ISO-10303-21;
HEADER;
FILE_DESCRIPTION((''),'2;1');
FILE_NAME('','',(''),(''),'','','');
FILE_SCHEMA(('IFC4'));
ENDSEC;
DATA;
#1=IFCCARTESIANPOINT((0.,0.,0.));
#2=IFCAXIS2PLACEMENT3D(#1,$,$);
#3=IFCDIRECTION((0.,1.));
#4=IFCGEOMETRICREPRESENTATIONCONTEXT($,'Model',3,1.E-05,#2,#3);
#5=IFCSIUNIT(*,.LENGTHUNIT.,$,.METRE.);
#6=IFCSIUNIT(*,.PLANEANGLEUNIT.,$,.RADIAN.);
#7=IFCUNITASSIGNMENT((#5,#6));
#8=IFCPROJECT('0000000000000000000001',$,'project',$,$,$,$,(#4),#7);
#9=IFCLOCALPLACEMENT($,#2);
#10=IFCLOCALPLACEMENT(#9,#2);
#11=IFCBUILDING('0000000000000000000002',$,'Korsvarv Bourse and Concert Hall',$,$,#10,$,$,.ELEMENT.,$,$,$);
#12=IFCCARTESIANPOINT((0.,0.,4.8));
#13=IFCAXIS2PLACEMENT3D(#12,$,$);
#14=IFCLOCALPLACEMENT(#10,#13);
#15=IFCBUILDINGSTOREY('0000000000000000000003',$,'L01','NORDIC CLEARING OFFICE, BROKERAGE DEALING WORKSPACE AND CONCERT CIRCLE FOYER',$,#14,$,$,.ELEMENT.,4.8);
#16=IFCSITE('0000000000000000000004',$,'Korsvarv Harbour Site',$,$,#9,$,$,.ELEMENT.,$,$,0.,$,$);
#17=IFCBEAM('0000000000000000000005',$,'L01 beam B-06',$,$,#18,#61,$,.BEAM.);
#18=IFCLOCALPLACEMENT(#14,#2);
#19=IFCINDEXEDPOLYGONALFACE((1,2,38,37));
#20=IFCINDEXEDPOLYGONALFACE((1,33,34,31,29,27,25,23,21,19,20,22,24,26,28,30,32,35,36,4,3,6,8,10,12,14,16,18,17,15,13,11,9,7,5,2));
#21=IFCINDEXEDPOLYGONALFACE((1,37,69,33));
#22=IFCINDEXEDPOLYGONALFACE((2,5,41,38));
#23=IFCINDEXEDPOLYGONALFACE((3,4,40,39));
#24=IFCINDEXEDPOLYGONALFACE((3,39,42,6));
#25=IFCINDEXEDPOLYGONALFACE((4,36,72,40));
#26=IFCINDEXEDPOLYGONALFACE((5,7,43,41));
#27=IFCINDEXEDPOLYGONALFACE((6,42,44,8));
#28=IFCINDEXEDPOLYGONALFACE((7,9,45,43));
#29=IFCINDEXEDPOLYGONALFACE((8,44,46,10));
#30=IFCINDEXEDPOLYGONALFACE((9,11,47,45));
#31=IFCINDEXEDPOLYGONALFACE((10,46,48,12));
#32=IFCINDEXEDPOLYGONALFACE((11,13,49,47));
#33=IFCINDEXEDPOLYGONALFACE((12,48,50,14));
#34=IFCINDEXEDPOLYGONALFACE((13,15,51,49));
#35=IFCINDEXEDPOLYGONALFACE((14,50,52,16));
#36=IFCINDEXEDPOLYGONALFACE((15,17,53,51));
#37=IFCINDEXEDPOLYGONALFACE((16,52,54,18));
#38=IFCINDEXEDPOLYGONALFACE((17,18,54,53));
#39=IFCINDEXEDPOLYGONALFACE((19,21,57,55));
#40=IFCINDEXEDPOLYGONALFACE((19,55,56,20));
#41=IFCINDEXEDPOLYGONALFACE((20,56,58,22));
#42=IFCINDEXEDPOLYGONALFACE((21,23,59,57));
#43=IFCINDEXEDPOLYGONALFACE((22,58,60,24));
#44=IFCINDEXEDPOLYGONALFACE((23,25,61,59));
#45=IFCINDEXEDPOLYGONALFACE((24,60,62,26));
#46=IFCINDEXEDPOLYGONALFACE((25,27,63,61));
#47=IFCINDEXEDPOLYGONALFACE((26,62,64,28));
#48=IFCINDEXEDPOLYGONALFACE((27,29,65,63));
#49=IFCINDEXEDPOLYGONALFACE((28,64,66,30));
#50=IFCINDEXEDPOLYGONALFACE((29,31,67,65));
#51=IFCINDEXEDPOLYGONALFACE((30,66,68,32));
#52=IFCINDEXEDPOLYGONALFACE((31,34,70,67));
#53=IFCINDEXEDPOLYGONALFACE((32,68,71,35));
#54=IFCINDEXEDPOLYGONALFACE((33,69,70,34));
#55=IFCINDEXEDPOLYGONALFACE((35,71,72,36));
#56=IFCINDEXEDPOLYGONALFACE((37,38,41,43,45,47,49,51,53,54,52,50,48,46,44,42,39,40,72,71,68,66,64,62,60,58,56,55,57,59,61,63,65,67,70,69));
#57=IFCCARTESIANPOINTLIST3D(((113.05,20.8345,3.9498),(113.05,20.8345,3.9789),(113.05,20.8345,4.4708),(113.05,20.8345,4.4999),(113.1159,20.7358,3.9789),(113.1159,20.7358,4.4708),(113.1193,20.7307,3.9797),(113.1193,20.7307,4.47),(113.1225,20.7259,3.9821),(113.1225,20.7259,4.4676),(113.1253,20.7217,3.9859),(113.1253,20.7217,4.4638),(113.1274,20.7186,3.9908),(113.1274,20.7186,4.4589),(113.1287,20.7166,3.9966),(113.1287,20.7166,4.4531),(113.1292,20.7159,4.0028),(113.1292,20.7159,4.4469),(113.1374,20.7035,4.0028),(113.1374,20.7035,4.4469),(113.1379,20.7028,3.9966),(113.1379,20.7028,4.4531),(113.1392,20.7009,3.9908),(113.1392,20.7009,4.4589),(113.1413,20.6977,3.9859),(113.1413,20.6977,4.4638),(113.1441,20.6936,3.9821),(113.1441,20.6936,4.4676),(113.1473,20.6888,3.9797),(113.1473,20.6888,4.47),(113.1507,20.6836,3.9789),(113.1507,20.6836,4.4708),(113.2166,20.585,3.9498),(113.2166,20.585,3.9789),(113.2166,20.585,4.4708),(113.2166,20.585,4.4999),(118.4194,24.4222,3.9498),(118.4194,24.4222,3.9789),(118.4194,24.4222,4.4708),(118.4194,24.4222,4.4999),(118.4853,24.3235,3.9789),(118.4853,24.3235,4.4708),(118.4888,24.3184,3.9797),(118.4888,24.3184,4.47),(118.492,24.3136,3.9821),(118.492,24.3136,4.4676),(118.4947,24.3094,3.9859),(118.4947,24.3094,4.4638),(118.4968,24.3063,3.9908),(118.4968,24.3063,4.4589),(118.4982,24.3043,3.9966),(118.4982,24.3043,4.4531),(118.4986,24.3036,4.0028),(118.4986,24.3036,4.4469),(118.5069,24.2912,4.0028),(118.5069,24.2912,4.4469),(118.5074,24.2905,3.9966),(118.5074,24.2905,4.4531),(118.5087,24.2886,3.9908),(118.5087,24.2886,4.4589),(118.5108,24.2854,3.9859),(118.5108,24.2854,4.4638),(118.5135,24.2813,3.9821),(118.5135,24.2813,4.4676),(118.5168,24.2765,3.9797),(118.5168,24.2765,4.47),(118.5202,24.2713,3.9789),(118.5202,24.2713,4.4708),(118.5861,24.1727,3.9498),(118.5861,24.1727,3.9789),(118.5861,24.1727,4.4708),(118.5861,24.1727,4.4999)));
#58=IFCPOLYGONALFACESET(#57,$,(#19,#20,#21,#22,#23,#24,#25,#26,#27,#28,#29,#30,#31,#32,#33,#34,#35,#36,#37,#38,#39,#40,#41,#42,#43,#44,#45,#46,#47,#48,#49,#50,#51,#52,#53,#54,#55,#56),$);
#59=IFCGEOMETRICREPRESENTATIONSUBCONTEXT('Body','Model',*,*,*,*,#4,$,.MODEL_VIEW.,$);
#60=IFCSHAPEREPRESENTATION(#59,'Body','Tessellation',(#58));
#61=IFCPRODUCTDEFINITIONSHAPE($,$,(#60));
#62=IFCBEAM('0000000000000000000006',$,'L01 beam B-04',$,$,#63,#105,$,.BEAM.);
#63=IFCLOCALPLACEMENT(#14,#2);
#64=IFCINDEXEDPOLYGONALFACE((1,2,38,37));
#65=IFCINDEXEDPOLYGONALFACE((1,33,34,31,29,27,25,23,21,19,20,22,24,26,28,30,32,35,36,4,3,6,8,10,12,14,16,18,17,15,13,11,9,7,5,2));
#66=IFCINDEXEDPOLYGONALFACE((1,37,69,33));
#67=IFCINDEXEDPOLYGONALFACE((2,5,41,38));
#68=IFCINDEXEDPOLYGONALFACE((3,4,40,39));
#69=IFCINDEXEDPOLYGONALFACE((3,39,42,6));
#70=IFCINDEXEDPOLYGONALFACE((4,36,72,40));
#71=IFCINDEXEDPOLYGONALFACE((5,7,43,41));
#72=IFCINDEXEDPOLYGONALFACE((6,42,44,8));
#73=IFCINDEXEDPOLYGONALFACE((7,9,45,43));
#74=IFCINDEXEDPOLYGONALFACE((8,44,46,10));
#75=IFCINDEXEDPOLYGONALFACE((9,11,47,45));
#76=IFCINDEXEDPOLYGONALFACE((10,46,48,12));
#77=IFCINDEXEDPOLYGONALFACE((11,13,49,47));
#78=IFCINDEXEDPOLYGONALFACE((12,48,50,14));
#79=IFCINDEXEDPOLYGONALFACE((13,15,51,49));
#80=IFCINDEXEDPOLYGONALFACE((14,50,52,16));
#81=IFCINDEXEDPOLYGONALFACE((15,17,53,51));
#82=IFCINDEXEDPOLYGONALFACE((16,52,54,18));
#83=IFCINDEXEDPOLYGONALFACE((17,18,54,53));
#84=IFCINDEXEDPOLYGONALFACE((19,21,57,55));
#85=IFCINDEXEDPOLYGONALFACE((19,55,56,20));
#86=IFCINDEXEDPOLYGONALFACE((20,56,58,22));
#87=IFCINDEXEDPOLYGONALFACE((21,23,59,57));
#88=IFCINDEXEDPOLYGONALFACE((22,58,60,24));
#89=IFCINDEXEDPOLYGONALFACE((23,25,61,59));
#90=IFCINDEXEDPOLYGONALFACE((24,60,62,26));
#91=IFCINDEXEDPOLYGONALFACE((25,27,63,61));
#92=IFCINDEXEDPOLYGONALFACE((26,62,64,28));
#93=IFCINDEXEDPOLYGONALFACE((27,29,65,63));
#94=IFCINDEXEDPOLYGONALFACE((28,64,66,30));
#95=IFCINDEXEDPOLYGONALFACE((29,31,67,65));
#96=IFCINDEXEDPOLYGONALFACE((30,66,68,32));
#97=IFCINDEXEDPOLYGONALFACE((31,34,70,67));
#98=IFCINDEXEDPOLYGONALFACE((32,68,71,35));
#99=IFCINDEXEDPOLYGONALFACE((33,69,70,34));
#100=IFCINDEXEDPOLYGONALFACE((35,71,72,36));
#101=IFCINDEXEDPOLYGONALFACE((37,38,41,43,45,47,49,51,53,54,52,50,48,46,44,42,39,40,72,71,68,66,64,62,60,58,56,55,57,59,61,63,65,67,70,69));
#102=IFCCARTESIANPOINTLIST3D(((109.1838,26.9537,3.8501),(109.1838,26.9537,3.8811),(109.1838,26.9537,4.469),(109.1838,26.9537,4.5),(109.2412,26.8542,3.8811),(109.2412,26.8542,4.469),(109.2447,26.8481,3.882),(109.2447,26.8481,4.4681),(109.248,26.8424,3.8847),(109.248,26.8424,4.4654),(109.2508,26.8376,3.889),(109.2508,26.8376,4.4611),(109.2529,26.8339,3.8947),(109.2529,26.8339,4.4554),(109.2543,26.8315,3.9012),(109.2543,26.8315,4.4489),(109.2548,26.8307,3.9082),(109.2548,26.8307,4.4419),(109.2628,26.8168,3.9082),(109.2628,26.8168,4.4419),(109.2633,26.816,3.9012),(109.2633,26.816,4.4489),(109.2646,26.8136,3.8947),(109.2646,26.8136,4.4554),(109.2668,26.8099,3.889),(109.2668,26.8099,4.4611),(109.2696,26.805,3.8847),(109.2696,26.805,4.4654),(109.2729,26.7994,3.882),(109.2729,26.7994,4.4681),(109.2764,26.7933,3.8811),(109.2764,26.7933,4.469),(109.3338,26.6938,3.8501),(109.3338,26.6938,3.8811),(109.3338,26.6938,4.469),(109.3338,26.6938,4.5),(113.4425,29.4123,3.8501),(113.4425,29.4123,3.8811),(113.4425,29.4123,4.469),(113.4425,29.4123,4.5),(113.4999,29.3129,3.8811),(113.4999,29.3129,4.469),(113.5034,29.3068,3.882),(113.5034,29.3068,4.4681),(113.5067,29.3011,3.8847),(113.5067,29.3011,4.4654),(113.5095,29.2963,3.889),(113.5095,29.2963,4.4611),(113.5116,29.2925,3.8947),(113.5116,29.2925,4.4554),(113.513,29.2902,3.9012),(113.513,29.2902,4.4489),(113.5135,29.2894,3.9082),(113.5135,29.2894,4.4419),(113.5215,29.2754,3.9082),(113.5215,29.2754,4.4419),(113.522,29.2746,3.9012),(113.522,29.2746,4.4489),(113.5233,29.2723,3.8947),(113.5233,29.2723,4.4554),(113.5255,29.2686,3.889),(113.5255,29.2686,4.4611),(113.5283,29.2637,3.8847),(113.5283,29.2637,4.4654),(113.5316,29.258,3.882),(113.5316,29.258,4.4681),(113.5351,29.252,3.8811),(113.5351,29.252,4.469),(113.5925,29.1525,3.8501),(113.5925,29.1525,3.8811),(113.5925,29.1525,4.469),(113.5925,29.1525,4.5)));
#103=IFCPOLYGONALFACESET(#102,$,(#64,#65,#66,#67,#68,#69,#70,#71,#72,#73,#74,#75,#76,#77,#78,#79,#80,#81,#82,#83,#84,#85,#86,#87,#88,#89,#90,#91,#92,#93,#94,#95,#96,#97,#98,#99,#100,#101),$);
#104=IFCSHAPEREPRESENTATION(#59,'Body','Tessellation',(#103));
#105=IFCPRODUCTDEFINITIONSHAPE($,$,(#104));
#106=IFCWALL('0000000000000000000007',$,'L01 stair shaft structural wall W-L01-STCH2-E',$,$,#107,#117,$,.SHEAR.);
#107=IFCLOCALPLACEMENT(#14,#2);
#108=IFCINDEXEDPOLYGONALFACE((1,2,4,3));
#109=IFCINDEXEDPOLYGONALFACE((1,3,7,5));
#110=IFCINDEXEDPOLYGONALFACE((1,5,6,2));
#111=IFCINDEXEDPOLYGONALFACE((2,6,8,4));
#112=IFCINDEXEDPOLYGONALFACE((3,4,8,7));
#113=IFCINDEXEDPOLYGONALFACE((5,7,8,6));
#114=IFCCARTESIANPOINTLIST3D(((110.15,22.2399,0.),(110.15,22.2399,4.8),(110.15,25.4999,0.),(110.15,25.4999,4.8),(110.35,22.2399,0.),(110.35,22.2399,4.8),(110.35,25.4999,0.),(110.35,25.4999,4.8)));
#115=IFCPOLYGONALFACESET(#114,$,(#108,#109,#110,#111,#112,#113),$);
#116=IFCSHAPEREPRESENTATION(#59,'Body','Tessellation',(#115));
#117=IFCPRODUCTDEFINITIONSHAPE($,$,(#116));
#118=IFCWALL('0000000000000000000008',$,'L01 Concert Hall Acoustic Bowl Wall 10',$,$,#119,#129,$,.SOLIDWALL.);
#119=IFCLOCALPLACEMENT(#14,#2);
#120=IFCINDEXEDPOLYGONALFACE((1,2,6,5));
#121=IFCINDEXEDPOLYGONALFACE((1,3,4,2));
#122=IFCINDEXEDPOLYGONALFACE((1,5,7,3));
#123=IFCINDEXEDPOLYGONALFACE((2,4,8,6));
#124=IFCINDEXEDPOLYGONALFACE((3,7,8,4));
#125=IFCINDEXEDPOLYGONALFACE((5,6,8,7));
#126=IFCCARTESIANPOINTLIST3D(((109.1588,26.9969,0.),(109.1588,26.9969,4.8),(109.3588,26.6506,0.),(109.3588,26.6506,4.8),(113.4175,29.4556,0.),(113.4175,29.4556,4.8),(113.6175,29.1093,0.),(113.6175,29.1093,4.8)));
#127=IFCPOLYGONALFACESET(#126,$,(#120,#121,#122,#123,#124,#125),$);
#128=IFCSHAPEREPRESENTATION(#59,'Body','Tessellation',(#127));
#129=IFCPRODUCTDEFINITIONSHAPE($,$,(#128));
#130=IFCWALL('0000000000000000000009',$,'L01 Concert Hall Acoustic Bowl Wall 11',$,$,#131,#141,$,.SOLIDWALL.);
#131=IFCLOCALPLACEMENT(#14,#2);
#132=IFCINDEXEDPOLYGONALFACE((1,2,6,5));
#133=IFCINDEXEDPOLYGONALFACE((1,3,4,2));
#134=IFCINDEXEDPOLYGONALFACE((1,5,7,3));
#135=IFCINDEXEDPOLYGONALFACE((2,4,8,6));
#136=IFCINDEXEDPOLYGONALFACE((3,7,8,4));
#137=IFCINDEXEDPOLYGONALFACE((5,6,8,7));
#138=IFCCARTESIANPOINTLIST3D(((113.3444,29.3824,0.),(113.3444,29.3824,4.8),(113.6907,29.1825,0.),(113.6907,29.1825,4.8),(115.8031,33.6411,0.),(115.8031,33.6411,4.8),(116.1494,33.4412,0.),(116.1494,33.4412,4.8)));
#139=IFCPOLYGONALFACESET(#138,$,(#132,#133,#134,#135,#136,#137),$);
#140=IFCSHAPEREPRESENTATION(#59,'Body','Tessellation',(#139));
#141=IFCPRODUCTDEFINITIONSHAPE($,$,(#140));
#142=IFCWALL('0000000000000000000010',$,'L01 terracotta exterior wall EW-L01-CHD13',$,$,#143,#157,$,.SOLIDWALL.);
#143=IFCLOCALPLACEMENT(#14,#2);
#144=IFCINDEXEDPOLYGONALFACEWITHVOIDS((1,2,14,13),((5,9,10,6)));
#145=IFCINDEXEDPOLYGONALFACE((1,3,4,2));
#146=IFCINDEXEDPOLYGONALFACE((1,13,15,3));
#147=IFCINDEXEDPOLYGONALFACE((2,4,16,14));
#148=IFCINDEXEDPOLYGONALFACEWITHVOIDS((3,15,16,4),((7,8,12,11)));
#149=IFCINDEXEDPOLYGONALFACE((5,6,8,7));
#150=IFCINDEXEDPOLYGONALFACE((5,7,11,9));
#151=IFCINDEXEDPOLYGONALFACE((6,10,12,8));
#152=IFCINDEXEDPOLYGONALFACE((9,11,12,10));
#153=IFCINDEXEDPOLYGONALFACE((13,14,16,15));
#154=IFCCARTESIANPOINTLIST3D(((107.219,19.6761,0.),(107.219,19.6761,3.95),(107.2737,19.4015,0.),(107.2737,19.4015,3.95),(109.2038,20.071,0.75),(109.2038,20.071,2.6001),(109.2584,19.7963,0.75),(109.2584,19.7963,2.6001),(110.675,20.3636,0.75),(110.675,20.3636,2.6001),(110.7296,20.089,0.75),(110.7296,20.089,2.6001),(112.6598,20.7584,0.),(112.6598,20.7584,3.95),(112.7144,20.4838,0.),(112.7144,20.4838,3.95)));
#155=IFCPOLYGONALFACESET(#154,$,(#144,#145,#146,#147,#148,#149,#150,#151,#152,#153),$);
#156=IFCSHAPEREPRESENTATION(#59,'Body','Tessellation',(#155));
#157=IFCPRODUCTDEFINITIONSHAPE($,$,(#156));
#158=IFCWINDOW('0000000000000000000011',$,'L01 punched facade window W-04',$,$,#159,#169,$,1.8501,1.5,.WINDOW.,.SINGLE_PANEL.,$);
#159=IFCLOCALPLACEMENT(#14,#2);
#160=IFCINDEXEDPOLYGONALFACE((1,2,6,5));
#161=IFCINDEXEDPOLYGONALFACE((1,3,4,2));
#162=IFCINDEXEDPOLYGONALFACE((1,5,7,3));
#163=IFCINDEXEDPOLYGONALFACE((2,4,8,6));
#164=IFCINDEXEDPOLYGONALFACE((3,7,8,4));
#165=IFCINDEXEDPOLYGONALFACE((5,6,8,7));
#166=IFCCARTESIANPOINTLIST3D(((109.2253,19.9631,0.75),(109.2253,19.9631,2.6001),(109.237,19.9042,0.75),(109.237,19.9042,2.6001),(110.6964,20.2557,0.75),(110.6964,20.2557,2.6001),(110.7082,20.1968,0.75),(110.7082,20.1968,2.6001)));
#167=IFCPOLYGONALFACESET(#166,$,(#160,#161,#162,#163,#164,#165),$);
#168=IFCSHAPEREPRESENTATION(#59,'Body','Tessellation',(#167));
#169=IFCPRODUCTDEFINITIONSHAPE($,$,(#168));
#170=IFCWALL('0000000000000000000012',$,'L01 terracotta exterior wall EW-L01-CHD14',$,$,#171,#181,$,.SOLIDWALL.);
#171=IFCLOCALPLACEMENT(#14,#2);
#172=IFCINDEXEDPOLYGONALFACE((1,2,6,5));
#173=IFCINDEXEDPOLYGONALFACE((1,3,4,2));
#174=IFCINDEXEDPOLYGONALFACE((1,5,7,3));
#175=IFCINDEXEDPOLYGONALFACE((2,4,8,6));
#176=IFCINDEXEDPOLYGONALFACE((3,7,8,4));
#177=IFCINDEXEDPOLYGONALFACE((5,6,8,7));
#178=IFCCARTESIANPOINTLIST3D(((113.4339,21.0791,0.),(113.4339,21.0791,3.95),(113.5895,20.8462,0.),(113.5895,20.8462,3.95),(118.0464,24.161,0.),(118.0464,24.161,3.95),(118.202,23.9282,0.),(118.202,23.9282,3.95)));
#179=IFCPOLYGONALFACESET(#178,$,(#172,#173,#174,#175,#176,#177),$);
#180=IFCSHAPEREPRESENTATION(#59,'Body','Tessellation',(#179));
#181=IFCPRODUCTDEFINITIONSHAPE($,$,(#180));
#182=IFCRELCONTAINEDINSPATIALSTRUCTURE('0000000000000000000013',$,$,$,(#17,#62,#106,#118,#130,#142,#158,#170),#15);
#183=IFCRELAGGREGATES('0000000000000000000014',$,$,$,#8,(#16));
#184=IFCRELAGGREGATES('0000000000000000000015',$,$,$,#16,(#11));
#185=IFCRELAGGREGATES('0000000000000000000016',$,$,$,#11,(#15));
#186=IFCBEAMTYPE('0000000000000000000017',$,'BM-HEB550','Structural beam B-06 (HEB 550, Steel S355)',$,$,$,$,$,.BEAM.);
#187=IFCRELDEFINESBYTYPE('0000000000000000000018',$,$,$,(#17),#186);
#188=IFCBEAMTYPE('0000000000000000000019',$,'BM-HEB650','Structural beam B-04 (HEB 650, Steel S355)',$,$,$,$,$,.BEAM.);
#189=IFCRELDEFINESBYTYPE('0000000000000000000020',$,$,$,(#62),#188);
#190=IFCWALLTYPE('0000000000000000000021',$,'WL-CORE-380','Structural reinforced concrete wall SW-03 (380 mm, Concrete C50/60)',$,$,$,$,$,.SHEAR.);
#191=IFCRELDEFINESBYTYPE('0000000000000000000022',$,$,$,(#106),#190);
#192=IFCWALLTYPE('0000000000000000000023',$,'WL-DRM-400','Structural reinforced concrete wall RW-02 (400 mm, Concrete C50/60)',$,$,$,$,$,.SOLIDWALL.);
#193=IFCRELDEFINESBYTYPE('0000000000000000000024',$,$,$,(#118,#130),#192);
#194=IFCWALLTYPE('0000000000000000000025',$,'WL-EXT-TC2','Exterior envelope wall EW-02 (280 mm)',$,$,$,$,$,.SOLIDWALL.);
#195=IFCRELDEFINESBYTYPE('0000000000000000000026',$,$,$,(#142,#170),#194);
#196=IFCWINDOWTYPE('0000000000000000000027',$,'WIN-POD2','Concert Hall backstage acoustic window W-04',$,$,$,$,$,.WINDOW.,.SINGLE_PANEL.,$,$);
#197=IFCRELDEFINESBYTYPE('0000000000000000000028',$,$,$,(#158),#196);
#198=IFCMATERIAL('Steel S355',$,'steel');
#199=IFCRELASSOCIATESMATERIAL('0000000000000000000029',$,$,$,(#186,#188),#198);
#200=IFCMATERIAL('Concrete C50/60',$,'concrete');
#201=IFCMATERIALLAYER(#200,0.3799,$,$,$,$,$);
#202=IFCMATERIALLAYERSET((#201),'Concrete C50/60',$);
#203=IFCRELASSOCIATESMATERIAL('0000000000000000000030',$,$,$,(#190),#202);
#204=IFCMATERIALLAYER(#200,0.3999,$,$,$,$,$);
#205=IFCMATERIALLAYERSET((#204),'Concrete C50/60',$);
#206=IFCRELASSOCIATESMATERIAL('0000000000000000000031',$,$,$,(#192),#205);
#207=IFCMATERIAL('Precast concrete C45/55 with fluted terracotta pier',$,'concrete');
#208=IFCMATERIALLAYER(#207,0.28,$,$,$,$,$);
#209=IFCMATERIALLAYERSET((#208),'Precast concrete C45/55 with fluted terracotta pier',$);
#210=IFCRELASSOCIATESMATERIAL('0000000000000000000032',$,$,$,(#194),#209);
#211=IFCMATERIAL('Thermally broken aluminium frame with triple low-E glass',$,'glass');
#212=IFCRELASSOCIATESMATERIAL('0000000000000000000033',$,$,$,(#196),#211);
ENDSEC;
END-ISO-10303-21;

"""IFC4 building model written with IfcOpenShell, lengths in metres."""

from ifc_helpers import new_model, si_unit, direction, frame, frame_2d, origin, origin_2d, place, context, subcontext, project, spatial, rectangle, i_section, extrude, source, transform, mapped, material, layer, layer_set, material_profile, profile_set, type_object, element, fill, save


model = new_model("IFC4")

# Units and contexts
model_context = context("Model", 3, precision=1e-05, world=origin(), true_north=direction((0.0, 1.0)))
body_context = subcontext(model_context, "Body", "Model", "MODEL_VIEW")
ifc_project = project(units=[si_unit("LENGTHUNIT", "METRE"), si_unit("PLANEANGLEUNIT", "RADIAN")], contexts=[model_context])

# Site, building, storey
site_placement = place(None, origin())
site = spatial("IfcSite", under=ifc_project, at=site_placement, Name="Korsvarv Harbour Site", CompositionType="ELEMENT", RefElevation=0.0)
building_placement = place(site_placement, origin())
building = spatial("IfcBuilding", under=site, at=building_placement, Name="Korsvarv Bourse and Concert Hall", CompositionType="ELEMENT")
storey_placement = place(building_placement, frame((0.0, 0.0, 4.8)))
storey = spatial("IfcBuildingStorey", under=building, at=storey_placement, Name="L01", Description="NORDIC CLEARING OFFICE, BROKERAGE DEALING WORKSPACE AND CONCERT CIRCLE FOYER", CompositionType="ELEMENT", Elevation=4.8)

# Shared definitions
ifc_material_1 = material(Name="Concrete C50/60", Category="concrete")

# Beams
ifc_material_2 = material(Name="Steel S355", Category="steel")
ifc_material_profile_1 = material_profile(ifc_material_2, i_section(OverallWidth=0.3, OverallDepth=0.55, WebThickness=0.0149, FlangeThickness=0.0291, FilletRadius=0.0239, at=origin_2d()), Name="HEB 550")
ifc_profile_set_1 = profile_set([ifc_material_profile_1], Name="Steel S355")
beam_type_1 = type_object("IfcBeamType", Name="BM-HEB550", Description="Structural beam B-06 (HEB 550, Steel S355)", PredefinedType="BEAM", material=ifc_profile_set_1)
shared_shape_1 = source(origin(), body_context, "Body", "SweptSolid", [
    extrude(i_section(OverallWidth=0.3, OverallDepth=0.55, WebThickness=0.0149, FlangeThickness=0.0291, FilletRadius=0.0239, at=origin_2d()), origin(), (0.0, 0.0, 1.0), 6.4578),
])
beam_1_placement = place(storey_placement, frame((113.1333, 20.7097, 4.2249), z_axis=(0.831474, 0.555564, 0.0), x_axis=(-0.555564, 0.831474, 0.0)))
element("IfcBeam", 1, at=beam_1_placement, inside=storey, type_object=beam_type_1, Name="L01 beam B-06", PredefinedType="BEAM", context=body_context, shape_type="MappedRepresentation", body=[
    mapped(shared_shape_1, transform((0.0, 0.0, 0.0), scale=1.0)),
])
ifc_material_profile_2 = material_profile(ifc_material_2, i_section(OverallWidth=0.3, OverallDepth=0.6499, WebThickness=0.0161, FlangeThickness=0.031, FilletRadius=0.0271, at=origin_2d()), Name="HEB 650")
ifc_profile_set_2 = profile_set([ifc_material_profile_2], Name="Steel S355")
beam_type_2 = type_object("IfcBeamType", Name="BM-HEB650", Description="Structural beam B-04 (HEB 650, Steel S355)", PredefinedType="BEAM", material=ifc_profile_set_2)
shared_shape_2 = source(origin(), body_context, "Body", "SweptSolid", [
    extrude(i_section(OverallWidth=0.3, OverallDepth=0.6499, WebThickness=0.0161, FlangeThickness=0.031, FilletRadius=0.0271, at=origin_2d()), origin(), (0.0, 0.0, 1.0), 4.9175),
])
beam_2_placement = place(storey_placement, frame((109.2588, 26.8237, 4.175), z_axis=(0.866032, 0.499989, 0.0), x_axis=(-0.499989, 0.866032, 0.0)))
element("IfcBeam", 2, at=beam_2_placement, inside=storey, type_object=beam_type_2, Name="L01 beam B-04", PredefinedType="BEAM", context=body_context, shape_type="MappedRepresentation", body=[
    mapped(shared_shape_2, transform((0.0, 0.0, 0.0), scale=1.0)),
])

# Walls
ifc_layer_1 = layer(ifc_material_1, 0.3799)
ifc_layer_set_1 = layer_set([ifc_layer_1], Name="Concrete C50/60")
wall_type_1 = type_object("IfcWallType", Name="WL-CORE-380", Description="Structural reinforced concrete wall SW-03 (380 mm, Concrete C50/60)", PredefinedType="SHEAR", material=ifc_layer_set_1)
wall_1_placement = place(storey_placement, frame((110.25, 22.24, 0.0), z_axis=(0.0, 0.0, 1.0), x_axis=(0.0, 1.0, 0.0)))
element("IfcWall", 3, at=wall_1_placement, inside=storey, type_object=wall_type_1, Name="L01 stair shaft structural wall W-L01-STCH2-E", PredefinedType="SHEAR", context=body_context, shape_type="SweptSolid", body=[
    extrude(rectangle(XDim=3.26, YDim=0.2, at=frame_2d((1.6299, 0.0))), origin(), (0.0, 0.0, 1.0), 4.8),
])
ifc_layer_2 = layer(ifc_material_1, 0.3999)
ifc_layer_set_2 = layer_set([ifc_layer_2], Name="Concrete C50/60")
wall_type_2 = type_object("IfcWallType", Name="WL-DRM-400", Description="Structural reinforced concrete wall RW-02 (400 mm, Concrete C50/60)", PredefinedType="SOLIDWALL", material=ifc_layer_set_2)
for number, where, z_axis, x_axis, name in (
    (4, (109.2588, 26.8237, 0.0), (0.0, 0.0, 1.0), (0.866032, 0.499989, 0.0), "L01 Concert Hall Acoustic Bowl Wall 10"),
    (5, (113.5176, 29.2825, 0.0), (0.0, 0.0, 1.0), (0.499989, 0.866032, 0.0), "L01 Concert Hall Acoustic Bowl Wall 11"),
):
    element("IfcWall", number, at=place(storey_placement, frame(where, z_axis=z_axis, x_axis=x_axis)), inside=storey, type_object=wall_type_2, Name=name, PredefinedType="SOLIDWALL", context=body_context, shape_type="SweptSolid", body=[
        extrude(rectangle(XDim=4.9175, YDim=0.3999, at=frame_2d((2.4587, 0.0))), origin(), (0.0, 0.0, 1.0), 4.8),
    ])

# Wall, opening, window
ifc_material_3 = material(Name="Precast concrete C45/55 with fluted terracotta pier", Category="concrete")
ifc_layer_3 = layer(ifc_material_3, 0.28)
ifc_layer_set_3 = layer_set([ifc_layer_3], Name="Precast concrete C45/55 with fluted terracotta pier")
wall_type_3 = type_object("IfcWallType", Name="WL-EXT-TC2", Description="Exterior envelope wall EW-02 (280 mm)", PredefinedType="SOLIDWALL", material=ifc_layer_set_3)
wall_2_placement = place(storey_placement, frame((107.2463, 19.5388, 0.0), z_axis=(0.0, 0.0, 1.0), x_axis=(0.980783, 0.1951, 0.0)))
wall_2 = element("IfcWall", 6, at=wall_2_placement, inside=storey, type_object=wall_type_3, Name="L01 terracotta exterior wall EW-L01-CHD13", PredefinedType="SOLIDWALL", context=body_context, shape_type="SweptSolid", body=[
    extrude(rectangle(XDim=5.5474, YDim=0.28, at=frame_2d((2.7737, 0.0))), origin(), (0.0, 0.0, 1.0), 3.95),
])
opening_placement = place(wall_2_placement, frame((2.0237, 0.0, 0.75)))
opening = element("IfcOpeningElement", 7, at=opening_placement, cuts=wall_2, PredefinedType="OPENING", context=body_context, shape_type="SweptSolid", body=[
    extrude(rectangle(XDim=1.5, YDim=1.8501, at=frame_2d((0.75, 0.925))), frame((0.0, 0.1499, 0.0), z_axis=(0.0, -1.0, 0.0), x_axis=(1.0, 0.0, 0.0)), (0.0, 0.0, 1.0), 0.3),
])
ifc_material_4 = material(Name="Thermally broken aluminium frame with triple low-E glass", Category="glass")
window_type = type_object("IfcWindowType", Name="WIN-POD2", Description="Concert Hall backstage acoustic window W-04", PartitioningType="SINGLE_PANEL", PredefinedType="WINDOW", material=ifc_material_4)
window_placement = place(opening_placement, origin())
window = element("IfcWindow", 8, at=window_placement, inside=storey, type_object=window_type, Name="L01 punched facade window W-04", OverallHeight=1.8501, OverallWidth=1.5, PartitioningType="SINGLE_PANEL", PredefinedType="WINDOW", context=body_context, shape_type="SweptSolid", body=[
    extrude(rectangle(XDim=1.5, YDim=1.8501, at=frame_2d((0.75, 0.925))), frame((0.0, 0.03, 0.0), z_axis=(0.0, -1.0, 0.0), x_axis=(1.0, 0.0, 0.0)), (0.0, 0.0, 1.0), 0.0601),
])
fill(opening, window)

# Wall
wall_3_placement = place(storey_placement, frame((113.5117, 20.9626, 0.0), z_axis=(0.0, 0.0, 1.0), x_axis=(0.831468, 0.555573, 0.0)))
element("IfcWall", 9, at=wall_3_placement, inside=storey, type_object=wall_type_3, Name="L01 terracotta exterior wall EW-L01-CHD14", PredefinedType="SOLIDWALL", context=body_context, shape_type="SweptSolid", body=[
    extrude(rectangle(XDim=5.5474, YDim=0.28, at=frame_2d((2.7737, 0.0))), origin(), (0.0, 0.0, 1.0), 3.95),
])

save(model, "model.ifc")
